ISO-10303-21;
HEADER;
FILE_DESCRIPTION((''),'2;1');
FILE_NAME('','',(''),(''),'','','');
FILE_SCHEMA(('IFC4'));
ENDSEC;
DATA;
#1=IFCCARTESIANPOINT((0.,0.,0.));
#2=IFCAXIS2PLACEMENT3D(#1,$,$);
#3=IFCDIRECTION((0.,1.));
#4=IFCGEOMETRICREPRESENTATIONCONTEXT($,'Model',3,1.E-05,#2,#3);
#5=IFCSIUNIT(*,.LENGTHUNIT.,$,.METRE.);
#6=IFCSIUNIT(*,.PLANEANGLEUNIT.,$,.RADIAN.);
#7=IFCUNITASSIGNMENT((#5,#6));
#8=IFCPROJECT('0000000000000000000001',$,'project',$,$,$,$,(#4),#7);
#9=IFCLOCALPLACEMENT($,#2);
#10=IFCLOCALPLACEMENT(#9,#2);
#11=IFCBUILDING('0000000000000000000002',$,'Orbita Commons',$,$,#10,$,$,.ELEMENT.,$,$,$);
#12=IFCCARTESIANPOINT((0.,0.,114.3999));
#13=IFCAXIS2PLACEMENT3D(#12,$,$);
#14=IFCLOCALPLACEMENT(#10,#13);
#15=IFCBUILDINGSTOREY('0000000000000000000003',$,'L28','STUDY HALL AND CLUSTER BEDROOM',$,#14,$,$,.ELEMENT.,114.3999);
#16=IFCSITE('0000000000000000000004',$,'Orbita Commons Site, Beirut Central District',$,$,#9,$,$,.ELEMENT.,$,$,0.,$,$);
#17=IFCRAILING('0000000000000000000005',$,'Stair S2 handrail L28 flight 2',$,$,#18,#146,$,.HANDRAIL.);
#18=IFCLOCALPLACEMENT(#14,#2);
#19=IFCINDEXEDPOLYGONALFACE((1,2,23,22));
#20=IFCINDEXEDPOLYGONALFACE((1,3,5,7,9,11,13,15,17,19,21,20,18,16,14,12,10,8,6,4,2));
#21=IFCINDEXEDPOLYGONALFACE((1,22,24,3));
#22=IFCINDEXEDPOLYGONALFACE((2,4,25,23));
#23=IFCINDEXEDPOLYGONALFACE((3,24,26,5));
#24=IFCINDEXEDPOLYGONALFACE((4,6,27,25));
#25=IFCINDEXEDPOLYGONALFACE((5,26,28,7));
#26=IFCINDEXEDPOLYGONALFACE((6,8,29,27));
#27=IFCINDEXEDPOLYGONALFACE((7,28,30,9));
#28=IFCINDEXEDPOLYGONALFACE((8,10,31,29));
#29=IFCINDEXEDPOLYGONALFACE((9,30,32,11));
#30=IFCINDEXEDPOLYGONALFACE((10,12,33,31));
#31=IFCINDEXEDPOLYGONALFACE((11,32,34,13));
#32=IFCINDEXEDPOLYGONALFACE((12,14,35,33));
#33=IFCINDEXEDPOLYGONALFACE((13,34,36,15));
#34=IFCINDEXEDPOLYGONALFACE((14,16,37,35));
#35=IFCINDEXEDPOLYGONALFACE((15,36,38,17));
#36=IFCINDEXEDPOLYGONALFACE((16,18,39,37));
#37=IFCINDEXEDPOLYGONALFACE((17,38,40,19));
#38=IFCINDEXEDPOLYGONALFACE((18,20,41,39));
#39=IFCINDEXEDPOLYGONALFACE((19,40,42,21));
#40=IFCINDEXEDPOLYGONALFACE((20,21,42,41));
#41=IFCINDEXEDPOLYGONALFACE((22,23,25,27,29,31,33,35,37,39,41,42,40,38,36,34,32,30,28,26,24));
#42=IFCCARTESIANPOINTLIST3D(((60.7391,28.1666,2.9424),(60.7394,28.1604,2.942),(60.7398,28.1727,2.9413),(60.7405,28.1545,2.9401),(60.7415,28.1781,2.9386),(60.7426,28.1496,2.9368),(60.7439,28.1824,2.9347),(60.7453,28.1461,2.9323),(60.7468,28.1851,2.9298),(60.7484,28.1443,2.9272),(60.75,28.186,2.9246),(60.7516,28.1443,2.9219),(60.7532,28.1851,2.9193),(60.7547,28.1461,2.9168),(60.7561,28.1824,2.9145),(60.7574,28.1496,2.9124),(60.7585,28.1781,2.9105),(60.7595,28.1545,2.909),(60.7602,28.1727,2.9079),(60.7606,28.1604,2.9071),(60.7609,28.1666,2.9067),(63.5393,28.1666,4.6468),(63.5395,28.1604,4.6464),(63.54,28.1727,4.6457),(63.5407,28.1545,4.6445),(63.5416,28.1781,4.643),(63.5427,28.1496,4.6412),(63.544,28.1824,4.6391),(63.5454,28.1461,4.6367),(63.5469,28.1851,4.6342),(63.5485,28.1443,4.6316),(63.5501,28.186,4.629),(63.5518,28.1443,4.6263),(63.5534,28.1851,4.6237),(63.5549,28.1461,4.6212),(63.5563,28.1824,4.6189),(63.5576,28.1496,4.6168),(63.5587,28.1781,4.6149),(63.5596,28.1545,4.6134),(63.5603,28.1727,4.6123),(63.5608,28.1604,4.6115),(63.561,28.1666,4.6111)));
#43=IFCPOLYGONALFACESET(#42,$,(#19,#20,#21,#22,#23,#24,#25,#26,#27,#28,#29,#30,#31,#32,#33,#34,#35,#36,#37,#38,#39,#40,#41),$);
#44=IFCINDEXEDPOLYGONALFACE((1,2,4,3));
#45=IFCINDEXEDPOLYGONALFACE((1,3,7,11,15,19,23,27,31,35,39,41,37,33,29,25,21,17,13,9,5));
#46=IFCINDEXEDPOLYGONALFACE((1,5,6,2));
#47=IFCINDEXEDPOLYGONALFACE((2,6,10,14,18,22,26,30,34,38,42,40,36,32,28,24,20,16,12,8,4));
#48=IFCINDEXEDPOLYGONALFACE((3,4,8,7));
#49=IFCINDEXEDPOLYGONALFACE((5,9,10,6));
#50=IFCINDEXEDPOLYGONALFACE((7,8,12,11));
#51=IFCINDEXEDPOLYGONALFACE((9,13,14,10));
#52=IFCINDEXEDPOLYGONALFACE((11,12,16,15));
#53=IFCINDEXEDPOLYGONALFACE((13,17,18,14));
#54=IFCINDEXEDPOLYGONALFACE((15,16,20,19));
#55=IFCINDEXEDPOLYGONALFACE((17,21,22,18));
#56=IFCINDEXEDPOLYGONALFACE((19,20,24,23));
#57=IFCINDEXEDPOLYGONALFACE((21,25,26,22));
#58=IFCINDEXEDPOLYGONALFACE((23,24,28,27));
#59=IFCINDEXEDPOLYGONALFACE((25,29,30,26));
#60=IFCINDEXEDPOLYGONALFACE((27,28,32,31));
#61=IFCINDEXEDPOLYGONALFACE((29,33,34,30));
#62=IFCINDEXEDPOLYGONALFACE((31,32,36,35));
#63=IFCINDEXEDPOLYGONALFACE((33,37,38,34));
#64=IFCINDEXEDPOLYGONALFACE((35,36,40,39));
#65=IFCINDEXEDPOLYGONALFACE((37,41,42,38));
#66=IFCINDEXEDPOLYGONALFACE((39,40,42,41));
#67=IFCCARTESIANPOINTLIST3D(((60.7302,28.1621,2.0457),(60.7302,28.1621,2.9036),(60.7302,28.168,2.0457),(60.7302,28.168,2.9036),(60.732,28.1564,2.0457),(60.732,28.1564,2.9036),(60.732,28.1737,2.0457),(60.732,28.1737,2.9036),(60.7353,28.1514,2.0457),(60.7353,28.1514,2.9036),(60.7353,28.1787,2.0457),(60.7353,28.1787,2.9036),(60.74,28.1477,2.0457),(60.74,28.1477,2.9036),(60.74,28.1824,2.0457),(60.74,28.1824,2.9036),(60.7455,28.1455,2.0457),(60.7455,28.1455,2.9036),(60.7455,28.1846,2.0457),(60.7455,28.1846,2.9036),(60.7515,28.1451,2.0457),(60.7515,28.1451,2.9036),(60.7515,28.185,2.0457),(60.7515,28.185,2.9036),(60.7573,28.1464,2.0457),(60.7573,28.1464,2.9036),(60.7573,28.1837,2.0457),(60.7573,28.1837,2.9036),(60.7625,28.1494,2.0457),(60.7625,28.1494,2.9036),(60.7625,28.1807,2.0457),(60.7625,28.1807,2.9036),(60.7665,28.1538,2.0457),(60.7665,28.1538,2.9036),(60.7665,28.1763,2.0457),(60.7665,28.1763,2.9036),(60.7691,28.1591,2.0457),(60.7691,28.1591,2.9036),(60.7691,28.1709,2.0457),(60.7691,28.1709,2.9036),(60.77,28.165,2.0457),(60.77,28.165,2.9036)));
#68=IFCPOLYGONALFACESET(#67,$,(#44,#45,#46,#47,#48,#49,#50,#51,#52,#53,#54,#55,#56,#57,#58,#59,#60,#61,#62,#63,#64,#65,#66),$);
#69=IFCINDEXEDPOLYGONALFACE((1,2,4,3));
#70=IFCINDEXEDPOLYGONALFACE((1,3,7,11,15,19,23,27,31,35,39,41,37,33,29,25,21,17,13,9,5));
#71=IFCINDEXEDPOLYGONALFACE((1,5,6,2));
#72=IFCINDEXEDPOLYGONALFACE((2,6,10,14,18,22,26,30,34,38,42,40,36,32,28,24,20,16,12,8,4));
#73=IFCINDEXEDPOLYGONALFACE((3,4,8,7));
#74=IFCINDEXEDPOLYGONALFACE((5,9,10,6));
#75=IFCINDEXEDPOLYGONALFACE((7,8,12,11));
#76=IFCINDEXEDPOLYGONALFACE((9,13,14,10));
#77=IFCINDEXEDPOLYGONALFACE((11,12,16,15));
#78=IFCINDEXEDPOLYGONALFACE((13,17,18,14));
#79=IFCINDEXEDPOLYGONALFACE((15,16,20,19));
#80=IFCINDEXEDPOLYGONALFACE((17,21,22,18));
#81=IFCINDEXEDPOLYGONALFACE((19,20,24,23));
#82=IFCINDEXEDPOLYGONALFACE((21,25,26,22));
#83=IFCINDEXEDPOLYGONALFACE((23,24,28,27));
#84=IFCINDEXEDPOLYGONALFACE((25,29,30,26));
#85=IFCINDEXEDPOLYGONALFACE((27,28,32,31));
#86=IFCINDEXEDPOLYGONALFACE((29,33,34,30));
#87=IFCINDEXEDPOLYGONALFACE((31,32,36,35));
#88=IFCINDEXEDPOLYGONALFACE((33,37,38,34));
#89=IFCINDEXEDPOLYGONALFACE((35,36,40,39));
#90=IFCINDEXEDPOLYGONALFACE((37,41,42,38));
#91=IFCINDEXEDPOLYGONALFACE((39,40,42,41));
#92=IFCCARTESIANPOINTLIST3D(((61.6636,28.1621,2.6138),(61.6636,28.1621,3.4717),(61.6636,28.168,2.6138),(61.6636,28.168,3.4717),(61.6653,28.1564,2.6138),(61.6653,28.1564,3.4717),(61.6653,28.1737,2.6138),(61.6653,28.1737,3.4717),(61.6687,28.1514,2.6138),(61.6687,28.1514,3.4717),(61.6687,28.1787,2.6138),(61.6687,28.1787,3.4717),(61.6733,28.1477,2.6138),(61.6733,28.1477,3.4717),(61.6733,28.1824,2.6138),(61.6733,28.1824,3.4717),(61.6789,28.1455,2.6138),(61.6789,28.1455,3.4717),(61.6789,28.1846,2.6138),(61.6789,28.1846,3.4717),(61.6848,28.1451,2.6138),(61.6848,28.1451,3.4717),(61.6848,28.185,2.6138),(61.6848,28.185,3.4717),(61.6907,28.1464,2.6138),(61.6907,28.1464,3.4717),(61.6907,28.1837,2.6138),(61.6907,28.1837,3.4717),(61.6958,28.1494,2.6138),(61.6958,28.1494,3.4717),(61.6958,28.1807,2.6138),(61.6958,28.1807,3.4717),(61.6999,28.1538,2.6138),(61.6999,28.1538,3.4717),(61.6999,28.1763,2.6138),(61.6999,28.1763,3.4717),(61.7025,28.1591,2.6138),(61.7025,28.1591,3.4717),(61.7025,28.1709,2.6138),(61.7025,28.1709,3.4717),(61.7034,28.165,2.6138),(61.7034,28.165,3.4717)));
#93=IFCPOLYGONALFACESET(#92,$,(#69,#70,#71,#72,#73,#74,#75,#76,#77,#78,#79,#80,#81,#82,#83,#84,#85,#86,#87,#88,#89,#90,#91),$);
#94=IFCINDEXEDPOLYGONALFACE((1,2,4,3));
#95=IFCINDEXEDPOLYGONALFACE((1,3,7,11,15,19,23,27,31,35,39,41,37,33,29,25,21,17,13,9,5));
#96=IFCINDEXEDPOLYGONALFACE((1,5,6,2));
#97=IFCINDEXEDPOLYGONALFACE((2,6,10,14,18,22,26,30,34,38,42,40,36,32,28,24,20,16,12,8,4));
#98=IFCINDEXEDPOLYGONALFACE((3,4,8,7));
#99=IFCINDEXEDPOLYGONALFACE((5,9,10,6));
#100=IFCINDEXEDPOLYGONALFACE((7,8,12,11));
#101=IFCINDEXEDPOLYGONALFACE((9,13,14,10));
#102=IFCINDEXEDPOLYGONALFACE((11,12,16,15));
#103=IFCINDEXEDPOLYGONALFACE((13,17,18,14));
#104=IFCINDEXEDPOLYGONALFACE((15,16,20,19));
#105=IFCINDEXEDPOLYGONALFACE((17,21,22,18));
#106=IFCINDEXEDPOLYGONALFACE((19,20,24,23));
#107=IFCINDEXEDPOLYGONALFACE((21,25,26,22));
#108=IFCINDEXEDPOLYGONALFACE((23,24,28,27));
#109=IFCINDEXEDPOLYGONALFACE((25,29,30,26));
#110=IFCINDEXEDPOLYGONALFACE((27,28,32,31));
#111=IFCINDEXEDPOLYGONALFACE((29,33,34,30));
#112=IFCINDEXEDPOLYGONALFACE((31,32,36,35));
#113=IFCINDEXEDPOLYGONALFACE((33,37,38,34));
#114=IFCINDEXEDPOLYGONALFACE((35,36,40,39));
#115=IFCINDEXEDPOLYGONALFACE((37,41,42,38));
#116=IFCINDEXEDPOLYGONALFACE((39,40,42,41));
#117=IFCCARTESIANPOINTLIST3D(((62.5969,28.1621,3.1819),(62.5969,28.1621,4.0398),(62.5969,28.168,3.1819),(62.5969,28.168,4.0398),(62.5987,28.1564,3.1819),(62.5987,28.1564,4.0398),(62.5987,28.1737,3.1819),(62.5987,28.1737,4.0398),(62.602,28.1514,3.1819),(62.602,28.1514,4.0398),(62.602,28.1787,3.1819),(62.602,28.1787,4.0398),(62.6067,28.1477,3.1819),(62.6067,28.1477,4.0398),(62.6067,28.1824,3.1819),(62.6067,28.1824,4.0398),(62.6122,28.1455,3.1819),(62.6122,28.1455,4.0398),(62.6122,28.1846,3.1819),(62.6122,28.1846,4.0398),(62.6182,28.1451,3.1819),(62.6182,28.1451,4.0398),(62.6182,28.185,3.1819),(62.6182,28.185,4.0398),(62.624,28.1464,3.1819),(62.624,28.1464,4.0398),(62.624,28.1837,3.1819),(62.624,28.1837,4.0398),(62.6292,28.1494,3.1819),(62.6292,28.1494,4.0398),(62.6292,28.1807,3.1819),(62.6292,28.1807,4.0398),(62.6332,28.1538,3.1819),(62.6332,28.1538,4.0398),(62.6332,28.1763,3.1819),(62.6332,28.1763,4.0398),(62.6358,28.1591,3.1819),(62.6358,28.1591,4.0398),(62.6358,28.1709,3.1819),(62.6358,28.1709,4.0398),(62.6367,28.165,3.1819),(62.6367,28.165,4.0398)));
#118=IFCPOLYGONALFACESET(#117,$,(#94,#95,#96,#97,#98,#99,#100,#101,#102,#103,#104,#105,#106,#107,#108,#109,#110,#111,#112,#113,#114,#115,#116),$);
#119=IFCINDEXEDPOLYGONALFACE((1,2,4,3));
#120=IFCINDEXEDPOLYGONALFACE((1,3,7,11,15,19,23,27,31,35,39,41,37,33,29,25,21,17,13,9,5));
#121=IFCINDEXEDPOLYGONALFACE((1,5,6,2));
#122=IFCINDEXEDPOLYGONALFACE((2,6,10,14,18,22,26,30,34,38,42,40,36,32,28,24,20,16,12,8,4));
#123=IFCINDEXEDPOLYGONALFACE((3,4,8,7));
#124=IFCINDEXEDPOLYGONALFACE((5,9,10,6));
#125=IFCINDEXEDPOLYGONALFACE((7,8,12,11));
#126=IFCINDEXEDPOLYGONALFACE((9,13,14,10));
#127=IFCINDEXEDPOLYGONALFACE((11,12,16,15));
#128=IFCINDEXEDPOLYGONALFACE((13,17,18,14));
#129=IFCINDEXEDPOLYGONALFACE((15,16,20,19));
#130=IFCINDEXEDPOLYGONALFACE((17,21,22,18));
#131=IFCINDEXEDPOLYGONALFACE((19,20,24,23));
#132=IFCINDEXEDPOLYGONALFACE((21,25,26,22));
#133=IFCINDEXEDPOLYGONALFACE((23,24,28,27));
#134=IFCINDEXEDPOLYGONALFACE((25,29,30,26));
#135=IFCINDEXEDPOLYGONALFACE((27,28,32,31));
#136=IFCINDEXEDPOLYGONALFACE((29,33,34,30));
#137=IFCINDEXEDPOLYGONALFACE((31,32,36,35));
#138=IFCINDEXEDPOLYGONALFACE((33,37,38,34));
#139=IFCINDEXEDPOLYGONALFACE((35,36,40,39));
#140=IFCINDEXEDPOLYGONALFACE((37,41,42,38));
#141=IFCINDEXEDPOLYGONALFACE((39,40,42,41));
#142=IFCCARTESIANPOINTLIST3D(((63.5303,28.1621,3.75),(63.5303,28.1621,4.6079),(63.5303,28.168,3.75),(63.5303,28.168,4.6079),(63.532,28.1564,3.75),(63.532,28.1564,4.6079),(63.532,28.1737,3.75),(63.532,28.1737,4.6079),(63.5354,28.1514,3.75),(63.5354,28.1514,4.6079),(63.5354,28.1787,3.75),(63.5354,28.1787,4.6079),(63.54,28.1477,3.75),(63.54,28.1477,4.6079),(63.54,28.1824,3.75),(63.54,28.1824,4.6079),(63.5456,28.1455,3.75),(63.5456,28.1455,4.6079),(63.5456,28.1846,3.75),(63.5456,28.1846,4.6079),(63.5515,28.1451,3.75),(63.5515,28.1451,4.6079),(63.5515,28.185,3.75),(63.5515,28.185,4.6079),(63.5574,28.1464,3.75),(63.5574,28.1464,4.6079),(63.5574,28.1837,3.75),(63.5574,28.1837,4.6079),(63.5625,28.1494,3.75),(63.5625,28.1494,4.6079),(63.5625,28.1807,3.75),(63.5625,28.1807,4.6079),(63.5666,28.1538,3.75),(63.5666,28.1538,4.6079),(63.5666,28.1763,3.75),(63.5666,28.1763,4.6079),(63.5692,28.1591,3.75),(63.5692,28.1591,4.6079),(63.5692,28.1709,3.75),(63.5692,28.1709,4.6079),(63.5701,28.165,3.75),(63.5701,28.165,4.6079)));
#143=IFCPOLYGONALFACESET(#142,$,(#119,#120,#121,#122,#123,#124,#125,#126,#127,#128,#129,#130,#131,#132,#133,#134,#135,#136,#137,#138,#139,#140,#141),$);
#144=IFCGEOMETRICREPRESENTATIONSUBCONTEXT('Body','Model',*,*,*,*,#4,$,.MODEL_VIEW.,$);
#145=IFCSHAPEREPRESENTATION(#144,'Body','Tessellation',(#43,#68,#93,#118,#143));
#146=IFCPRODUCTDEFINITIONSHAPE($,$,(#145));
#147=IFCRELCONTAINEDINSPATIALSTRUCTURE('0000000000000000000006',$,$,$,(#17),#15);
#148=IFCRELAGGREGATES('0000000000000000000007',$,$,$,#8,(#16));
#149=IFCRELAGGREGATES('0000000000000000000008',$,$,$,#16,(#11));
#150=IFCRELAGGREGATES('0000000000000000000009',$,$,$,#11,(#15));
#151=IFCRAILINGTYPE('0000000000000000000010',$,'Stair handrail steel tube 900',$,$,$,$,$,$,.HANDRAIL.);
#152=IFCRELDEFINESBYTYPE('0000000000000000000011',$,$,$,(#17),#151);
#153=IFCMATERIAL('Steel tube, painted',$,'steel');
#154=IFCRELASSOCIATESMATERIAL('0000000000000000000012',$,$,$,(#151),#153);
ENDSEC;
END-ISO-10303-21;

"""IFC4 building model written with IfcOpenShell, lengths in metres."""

from ifc_helpers import new_model, si_unit, direction, frame, origin, origin_2d, place, context, subcontext, project, spatial, circle, extrude, material, type_object, element, save


model = new_model("IFC4")

# Units and contexts
model_context = context("Model", 3, precision=1e-05, world=origin(), true_north=direction((0.0, 1.0)))
body_context = subcontext(model_context, "Body", "Model", "MODEL_VIEW")
ifc_project = project(units=[si_unit("LENGTHUNIT", "METRE"), si_unit("PLANEANGLEUNIT", "RADIAN")], contexts=[model_context])

# Site, building, storey
site_placement = place(None, origin())
site = spatial("IfcSite", under=ifc_project, at=site_placement, Name="Orbita Commons Site, Beirut Central District", CompositionType="ELEMENT", RefElevation=0.0)
building_placement = place(site_placement, origin())
building = spatial("IfcBuilding", under=site, at=building_placement, Name="Orbita Commons", CompositionType="ELEMENT")
storey_placement = place(building_placement, frame((0.0, 0.0, 114.3999)))
storey = spatial("IfcBuildingStorey", under=building, at=storey_placement, Name="L28", Description="STUDY HALL AND CLUSTER BEDROOM", CompositionType="ELEMENT", Elevation=114.3999)

# Railing
ifc_material_1 = material(Name="Steel tube, painted", Category="steel")
railing_type = type_object("IfcRailingType", Name="Stair handrail steel tube 900", PredefinedType="HANDRAIL", material=ifc_material_1)
for number, where, name in (
    (1, (60.75, 28.165, 2.0457), "Stair S2 handrail L28 flight 2"),
):
    element("IfcRailing", number, at=place(storey_placement, frame(where)), inside=storey, type_object=railing_type, Name=name, PredefinedType="HANDRAIL", context=body_context, shape_type="SweptSolid", body=[
        extrude(circle(Radius=0.021, at=origin_2d()), frame((0.0, 0.0, 0.8789), z_axis=(0.854203, 0.0, 0.51994), x_axis=(0.0, 1.0, 0.0)), (0.0, 0.0, 1.0), 3.2781),
        extrude(circle(Radius=0.02, at=origin_2d()), origin(), (0.0, 0.0, 1.0), 0.8579),
        extrude(circle(Radius=0.02, at=origin_2d()), frame((0.9333, 0.0, 0.5681)), (0.0, 0.0, 1.0), 0.8579),
        extrude(circle(Radius=0.02, at=origin_2d()), frame((1.8667, 0.0, 1.1362)), (0.0, 0.0, 1.0), 0.8579),
        extrude(circle(Radius=0.02, at=origin_2d()), frame((2.8, 0.0, 1.7043)), (0.0, 0.0, 1.0), 0.8579),
    ])

save(model, "model.ifc")
